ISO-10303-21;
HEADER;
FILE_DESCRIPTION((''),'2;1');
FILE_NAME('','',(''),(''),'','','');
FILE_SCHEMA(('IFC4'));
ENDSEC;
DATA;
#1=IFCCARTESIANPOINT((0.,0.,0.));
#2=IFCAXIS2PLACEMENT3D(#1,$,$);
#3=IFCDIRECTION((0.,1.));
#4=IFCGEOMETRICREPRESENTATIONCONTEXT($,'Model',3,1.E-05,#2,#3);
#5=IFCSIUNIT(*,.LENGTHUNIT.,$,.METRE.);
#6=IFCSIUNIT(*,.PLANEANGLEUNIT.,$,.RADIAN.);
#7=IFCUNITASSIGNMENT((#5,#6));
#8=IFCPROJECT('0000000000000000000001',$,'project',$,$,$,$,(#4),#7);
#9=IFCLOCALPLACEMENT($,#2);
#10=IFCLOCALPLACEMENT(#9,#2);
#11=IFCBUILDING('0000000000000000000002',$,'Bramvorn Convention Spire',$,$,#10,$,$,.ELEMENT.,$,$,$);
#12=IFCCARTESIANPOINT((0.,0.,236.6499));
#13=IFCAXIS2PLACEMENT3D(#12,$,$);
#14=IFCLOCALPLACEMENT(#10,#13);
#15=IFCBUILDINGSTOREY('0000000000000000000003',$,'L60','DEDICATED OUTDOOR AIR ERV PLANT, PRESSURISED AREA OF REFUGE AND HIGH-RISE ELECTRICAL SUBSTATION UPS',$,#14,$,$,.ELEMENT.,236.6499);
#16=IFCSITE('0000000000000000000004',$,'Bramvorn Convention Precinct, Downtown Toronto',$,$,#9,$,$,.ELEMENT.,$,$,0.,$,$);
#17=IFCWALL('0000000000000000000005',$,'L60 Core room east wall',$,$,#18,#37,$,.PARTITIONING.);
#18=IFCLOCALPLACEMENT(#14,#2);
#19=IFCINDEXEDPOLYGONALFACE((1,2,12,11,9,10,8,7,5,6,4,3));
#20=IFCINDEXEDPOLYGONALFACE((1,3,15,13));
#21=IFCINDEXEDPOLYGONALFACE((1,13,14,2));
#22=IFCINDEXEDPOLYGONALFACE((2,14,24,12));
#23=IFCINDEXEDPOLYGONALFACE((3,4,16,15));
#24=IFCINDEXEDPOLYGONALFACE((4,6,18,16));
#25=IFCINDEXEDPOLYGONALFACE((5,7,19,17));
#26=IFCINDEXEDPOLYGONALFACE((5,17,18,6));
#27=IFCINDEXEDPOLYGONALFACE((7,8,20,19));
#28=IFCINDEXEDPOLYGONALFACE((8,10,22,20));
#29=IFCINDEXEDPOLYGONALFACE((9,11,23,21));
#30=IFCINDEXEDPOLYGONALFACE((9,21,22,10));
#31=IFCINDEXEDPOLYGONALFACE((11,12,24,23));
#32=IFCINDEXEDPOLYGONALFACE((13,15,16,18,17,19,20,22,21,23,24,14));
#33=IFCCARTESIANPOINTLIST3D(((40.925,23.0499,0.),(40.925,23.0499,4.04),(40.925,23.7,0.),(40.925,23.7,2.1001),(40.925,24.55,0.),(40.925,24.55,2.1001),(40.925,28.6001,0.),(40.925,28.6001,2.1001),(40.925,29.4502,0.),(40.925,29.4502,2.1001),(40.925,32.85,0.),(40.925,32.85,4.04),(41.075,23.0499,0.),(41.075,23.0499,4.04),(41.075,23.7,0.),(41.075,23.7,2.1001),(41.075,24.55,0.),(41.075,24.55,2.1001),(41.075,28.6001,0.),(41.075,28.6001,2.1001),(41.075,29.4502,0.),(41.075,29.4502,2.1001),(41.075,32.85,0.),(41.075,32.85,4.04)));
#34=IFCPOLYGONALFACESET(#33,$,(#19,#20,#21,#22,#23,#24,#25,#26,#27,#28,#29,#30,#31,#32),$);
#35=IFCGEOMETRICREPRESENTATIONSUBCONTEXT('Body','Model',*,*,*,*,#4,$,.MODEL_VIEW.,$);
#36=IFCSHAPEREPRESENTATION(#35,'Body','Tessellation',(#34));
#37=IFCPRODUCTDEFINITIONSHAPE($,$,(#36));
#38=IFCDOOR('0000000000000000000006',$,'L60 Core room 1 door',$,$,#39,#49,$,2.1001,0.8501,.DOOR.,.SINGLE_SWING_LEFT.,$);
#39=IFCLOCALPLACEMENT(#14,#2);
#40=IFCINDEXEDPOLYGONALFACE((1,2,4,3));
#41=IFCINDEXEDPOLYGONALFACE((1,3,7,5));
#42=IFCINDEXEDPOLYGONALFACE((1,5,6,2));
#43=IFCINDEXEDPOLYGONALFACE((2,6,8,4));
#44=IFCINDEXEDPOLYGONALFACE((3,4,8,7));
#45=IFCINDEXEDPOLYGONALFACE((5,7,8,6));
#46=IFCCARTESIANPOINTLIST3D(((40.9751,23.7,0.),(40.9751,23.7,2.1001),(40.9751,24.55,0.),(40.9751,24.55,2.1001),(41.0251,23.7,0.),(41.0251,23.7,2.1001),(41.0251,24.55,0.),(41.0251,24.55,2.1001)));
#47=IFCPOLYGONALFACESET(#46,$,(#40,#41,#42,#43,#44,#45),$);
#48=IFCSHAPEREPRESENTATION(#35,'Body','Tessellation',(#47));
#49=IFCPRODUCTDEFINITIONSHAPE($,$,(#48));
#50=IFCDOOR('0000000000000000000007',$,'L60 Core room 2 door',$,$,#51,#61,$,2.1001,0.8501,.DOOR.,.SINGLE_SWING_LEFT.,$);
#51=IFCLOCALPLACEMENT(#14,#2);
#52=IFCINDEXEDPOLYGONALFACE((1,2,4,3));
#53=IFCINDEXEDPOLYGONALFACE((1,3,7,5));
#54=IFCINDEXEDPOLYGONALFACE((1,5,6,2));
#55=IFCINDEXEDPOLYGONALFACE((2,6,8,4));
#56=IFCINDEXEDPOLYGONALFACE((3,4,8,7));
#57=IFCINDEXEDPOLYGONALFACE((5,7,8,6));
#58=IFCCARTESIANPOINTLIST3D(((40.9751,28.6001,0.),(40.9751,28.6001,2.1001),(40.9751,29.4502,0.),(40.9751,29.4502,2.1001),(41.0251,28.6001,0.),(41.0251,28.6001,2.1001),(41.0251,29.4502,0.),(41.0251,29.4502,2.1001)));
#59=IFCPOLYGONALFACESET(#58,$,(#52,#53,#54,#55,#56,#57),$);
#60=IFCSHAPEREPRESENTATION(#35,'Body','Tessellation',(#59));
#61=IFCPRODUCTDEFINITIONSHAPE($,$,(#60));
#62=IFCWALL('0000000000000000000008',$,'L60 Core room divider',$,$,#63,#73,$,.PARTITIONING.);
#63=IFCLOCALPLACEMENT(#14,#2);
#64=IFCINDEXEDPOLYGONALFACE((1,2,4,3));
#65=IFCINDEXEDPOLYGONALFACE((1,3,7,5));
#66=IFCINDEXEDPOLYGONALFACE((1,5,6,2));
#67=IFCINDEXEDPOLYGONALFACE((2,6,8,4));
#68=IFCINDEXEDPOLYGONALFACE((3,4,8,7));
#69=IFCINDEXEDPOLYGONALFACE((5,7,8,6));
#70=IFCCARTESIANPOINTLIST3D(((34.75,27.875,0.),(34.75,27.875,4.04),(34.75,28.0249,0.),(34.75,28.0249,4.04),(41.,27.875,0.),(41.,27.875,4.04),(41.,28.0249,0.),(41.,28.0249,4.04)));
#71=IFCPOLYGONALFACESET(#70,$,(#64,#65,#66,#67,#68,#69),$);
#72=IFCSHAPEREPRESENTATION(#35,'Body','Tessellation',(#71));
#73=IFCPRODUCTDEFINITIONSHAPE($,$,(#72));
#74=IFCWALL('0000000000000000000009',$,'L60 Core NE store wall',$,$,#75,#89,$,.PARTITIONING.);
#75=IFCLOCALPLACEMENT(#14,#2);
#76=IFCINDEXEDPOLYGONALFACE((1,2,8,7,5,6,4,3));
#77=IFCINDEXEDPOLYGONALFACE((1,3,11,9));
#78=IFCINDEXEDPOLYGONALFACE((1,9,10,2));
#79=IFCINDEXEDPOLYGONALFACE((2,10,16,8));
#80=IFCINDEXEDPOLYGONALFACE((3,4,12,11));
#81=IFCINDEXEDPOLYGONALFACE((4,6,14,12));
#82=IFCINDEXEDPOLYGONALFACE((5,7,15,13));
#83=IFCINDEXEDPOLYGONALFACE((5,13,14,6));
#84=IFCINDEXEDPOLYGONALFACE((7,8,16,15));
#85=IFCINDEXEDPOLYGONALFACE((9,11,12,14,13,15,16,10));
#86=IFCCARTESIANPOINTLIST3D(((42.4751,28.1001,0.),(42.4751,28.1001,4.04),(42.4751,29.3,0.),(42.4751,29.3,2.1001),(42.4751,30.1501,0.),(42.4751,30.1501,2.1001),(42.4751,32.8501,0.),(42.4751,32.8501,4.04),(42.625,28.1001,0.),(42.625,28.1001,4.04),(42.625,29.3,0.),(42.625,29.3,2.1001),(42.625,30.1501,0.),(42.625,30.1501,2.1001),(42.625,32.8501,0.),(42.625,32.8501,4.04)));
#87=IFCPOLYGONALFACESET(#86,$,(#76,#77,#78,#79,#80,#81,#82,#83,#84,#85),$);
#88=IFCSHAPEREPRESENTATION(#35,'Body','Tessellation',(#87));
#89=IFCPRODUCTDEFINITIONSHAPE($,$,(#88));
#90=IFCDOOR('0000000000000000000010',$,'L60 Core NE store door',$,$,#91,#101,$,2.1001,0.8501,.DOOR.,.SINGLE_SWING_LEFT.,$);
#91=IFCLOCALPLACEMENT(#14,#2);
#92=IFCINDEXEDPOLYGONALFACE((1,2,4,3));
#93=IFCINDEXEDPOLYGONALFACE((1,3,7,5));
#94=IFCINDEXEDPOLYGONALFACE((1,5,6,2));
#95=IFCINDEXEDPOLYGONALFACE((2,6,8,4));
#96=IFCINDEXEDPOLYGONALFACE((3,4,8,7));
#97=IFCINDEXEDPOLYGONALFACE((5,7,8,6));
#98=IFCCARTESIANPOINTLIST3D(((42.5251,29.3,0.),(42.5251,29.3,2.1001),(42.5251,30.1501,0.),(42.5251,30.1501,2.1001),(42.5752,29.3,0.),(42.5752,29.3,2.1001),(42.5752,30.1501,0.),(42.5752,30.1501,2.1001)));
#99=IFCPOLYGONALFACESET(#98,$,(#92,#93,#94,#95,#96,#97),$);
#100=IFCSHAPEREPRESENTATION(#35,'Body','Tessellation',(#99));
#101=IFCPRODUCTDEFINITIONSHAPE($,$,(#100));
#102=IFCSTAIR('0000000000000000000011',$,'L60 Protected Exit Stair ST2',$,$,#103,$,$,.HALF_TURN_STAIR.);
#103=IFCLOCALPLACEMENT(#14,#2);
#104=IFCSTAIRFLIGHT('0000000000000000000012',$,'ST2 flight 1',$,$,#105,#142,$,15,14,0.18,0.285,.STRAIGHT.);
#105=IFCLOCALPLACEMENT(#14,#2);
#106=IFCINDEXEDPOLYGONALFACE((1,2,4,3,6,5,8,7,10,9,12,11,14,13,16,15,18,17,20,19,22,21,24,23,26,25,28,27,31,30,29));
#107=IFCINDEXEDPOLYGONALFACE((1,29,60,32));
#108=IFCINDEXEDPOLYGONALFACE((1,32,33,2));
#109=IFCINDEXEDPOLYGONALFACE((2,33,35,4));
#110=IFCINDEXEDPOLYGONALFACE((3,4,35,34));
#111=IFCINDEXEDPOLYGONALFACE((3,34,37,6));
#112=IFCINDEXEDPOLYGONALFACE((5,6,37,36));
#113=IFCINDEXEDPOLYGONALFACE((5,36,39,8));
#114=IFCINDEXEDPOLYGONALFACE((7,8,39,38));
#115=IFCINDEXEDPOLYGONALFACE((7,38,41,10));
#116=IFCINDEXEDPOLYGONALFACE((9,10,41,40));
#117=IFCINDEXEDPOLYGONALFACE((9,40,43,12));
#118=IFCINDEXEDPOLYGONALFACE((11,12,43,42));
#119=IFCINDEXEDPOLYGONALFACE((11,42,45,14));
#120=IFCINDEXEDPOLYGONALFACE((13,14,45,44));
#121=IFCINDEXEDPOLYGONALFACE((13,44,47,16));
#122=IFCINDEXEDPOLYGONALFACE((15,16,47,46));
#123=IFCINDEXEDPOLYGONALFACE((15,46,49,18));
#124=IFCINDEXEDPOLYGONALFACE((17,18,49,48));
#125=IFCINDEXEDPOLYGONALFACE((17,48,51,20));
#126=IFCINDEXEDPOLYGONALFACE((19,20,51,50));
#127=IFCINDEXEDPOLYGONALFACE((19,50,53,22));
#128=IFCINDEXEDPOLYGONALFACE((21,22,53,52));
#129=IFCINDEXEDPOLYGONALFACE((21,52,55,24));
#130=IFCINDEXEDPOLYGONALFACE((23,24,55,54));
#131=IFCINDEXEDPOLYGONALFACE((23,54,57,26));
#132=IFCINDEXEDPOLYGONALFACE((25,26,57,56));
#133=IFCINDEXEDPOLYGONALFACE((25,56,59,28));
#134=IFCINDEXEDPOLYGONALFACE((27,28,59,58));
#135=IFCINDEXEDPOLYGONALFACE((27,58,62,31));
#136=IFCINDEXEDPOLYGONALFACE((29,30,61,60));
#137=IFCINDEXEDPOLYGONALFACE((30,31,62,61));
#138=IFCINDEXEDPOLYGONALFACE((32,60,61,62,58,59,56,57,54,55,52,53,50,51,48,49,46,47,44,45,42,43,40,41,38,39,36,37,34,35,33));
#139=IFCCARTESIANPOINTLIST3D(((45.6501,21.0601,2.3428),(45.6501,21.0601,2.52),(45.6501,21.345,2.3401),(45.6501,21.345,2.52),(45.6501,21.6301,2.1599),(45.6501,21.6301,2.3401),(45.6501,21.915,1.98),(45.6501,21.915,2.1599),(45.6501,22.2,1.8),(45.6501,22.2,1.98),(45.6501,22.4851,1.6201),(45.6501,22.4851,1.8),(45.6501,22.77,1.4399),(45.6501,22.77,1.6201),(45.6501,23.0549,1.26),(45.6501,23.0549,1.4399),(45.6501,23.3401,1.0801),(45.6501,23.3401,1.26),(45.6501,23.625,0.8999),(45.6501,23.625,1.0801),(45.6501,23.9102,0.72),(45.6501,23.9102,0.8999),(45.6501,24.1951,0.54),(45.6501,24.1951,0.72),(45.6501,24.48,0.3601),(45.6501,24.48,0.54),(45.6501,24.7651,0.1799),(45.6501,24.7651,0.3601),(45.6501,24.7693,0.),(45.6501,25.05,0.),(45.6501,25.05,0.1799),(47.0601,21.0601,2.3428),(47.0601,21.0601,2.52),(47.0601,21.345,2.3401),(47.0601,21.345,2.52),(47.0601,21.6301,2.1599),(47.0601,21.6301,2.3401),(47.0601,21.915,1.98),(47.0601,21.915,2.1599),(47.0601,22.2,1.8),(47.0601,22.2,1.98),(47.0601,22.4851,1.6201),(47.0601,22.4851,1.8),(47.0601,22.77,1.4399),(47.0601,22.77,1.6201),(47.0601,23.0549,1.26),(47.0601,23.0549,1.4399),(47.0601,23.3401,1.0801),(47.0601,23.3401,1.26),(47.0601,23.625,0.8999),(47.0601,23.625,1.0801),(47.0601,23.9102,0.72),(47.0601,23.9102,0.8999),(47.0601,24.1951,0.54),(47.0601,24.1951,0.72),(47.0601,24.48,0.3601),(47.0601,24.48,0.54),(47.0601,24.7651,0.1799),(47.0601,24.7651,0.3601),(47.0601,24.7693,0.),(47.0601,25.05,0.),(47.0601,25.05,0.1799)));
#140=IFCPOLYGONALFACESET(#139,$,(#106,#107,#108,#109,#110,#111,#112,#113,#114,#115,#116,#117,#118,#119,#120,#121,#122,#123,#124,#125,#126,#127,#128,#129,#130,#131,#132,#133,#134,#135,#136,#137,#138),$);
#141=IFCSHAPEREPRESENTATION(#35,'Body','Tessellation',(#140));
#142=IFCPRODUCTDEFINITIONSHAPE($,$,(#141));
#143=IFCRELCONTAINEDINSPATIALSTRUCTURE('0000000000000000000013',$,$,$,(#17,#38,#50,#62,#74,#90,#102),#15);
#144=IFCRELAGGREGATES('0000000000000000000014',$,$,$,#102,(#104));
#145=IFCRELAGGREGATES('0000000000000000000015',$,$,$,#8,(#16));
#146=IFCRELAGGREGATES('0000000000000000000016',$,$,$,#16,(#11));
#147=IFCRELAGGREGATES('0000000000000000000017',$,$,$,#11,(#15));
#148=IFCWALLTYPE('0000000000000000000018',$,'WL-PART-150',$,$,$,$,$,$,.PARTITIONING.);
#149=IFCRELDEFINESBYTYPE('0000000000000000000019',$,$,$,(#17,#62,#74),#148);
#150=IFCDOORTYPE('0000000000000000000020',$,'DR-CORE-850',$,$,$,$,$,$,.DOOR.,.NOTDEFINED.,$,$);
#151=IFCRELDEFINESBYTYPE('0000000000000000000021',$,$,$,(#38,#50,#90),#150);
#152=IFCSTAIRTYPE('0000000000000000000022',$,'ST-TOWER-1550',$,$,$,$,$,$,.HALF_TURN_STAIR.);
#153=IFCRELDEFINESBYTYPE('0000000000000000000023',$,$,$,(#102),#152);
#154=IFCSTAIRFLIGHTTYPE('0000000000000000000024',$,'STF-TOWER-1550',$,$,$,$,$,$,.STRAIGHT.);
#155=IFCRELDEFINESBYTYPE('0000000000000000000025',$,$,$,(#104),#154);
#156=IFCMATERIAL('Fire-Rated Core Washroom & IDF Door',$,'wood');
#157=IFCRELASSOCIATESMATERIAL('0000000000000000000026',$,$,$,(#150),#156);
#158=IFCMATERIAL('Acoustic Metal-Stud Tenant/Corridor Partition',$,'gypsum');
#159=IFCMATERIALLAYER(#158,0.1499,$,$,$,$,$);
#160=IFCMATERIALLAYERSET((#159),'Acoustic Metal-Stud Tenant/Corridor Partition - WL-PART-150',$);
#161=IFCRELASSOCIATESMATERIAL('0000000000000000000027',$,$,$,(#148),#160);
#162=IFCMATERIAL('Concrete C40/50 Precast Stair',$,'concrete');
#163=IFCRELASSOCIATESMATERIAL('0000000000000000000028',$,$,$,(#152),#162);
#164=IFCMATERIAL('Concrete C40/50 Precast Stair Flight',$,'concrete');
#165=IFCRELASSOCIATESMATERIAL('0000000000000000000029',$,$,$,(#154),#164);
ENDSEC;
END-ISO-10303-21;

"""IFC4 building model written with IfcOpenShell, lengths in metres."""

from ifc_helpers import new_model, si_unit, direction, frame, frame_2d, origin, place, context, subcontext, project, spatial, polyline, rectangle, outline, extrude, material, layer, layer_set, type_object, element, fill, aggregate, save


model = new_model("IFC4")

# Units and contexts
model_context = context("Model", 3, precision=1e-05, world=origin(), true_north=direction((0.0, 1.0)))
body_context = subcontext(model_context, "Body", "Model", "MODEL_VIEW")
ifc_project = project(units=[si_unit("LENGTHUNIT", "METRE"), si_unit("PLANEANGLEUNIT", "RADIAN")], contexts=[model_context])

# Site, building, storey
site_placement = place(None, origin())
site = spatial("IfcSite", under=ifc_project, at=site_placement, Name="Bramvorn Convention Precinct, Downtown Toronto", CompositionType="ELEMENT", RefElevation=0.0)
building_placement = place(site_placement, origin())
building = spatial("IfcBuilding", under=site, at=building_placement, Name="Bramvorn Convention Spire", CompositionType="ELEMENT")
storey_placement = place(building_placement, frame((0.0, 0.0, 236.6499)))
storey = spatial("IfcBuildingStorey", under=building, at=storey_placement, Name="L60", Description="DEDICATED OUTDOOR AIR ERV PLANT, PRESSURISED AREA OF REFUGE AND HIGH-RISE ELECTRICAL SUBSTATION UPS", CompositionType="ELEMENT", Elevation=236.6499)

# Shared definitions
ifc_material_1 = material(Name="Fire-Rated Core Washroom & IDF Door", Category="wood")
door_type_1 = type_object("IfcDoorType", Name="DR-CORE-850", OperationType="NOTDEFINED", PredefinedType="DOOR", material=ifc_material_1)

# Shared definitions
ifc_material_2 = material(Name="Acoustic Metal-Stud Tenant/Corridor Partition", Category="gypsum")
ifc_layer_1 = layer(ifc_material_2, 0.1499)
ifc_layer_set_1 = layer_set([ifc_layer_1], Name="Acoustic Metal-Stud Tenant/Corridor Partition - WL-PART-150")
wall_type_1 = type_object("IfcWallType", Name="WL-PART-150", PredefinedType="PARTITIONING", material=ifc_layer_set_1)

# Wall, openings, doors
wall_1_placement = place(storey_placement, frame((41.0, 23.05, 0.0), z_axis=(0.0, 0.0, 1.0), x_axis=(0.0, 1.0, 0.0)))
wall_1 = element("IfcWall", 1, at=wall_1_placement, inside=storey, type_object=wall_type_1, Name="L60 Core room east wall", PredefinedType="PARTITIONING", context=body_context, shape_type="SweptSolid", body=[
    extrude(rectangle(XDim=9.8, YDim=0.1499, at=frame_2d((4.8999, 0.0))), origin(), (0.0, 0.0, 1.0), 4.04),
])
opening_1_placement = place(wall_1_placement, frame((0.6499, 0.0, 0.0)))
opening_1 = element("IfcOpeningElement", 2, at=opening_1_placement, cuts=wall_1, PredefinedType="OPENING", context=body_context, shape_type="SweptSolid", body=[
    extrude(rectangle(XDim=0.8501, YDim=2.1001, at=frame_2d((0.425, 1.05))), frame((0.0, 0.085, 0.0), z_axis=(0.0, -1.0, 0.0), x_axis=(1.0, 0.0, 0.0)), (0.0, 0.0, 1.0), 0.1699),
])
opening_2_placement = place(wall_1_placement, frame((5.55, 0.0, 0.0)))
opening_2 = element("IfcOpeningElement", 3, at=opening_2_placement, cuts=wall_1, PredefinedType="OPENING", context=body_context, shape_type="SweptSolid", body=[
    extrude(rectangle(XDim=0.8501, YDim=2.1001, at=frame_2d((0.425, 1.05))), frame((0.0, 0.085, 0.0), z_axis=(0.0, -1.0, 0.0), x_axis=(1.0, 0.0, 0.0)), (0.0, 0.0, 1.0), 0.1699),
])
door_1_placement = place(opening_1_placement, origin())
door_1 = element("IfcDoor", 4, at=door_1_placement, inside=storey, type_object=door_type_1, Name="L60 Core room 1 door", OperationType="SINGLE_SWING_LEFT", OverallHeight=2.1001, OverallWidth=0.8501, PredefinedType="DOOR", context=body_context, shape_type="SweptSolid", body=[
    extrude(rectangle(XDim=0.8501, YDim=2.1001, at=frame_2d((0.425, 1.05))), frame((0.0, 0.0249, 0.0), z_axis=(0.0, -1.0, 0.0), x_axis=(1.0, 0.0, 0.0)), (0.0, 0.0, 1.0), 0.05),
])
fill(opening_1, door_1)
door_2_placement = place(opening_2_placement, origin())
door_2 = element("IfcDoor", 5, at=door_2_placement, inside=storey, type_object=door_type_1, Name="L60 Core room 2 door", OperationType="SINGLE_SWING_LEFT", OverallHeight=2.1001, OverallWidth=0.8501, PredefinedType="DOOR", context=body_context, shape_type="SweptSolid", body=[
    extrude(rectangle(XDim=0.8501, YDim=2.1001, at=frame_2d((0.425, 1.05))), frame((0.0, 0.0249, 0.0), z_axis=(0.0, -1.0, 0.0), x_axis=(1.0, 0.0, 0.0)), (0.0, 0.0, 1.0), 0.05),
])
fill(opening_2, door_2)

# Wall
wall_2_placement = place(storey_placement, frame((34.75, 27.95, 0.0), z_axis=(0.0, 0.0, 1.0), x_axis=(1.0, 0.0, 0.0)))
element("IfcWall", 6, at=wall_2_placement, inside=storey, type_object=wall_type_1, Name="L60 Core room divider", PredefinedType="PARTITIONING", context=body_context, shape_type="SweptSolid", body=[
    extrude(rectangle(XDim=6.25, YDim=0.1499, at=frame_2d((3.125, 0.0))), origin(), (0.0, 0.0, 1.0), 4.04),
])

# Wall, opening, door
wall_3_placement = place(storey_placement, frame((42.55, 28.1001, 0.0), z_axis=(0.0, 0.0, 1.0), x_axis=(0.0, 1.0, 0.0)))
wall_3 = element("IfcWall", 7, at=wall_3_placement, inside=storey, type_object=wall_type_1, Name="L60 Core NE store wall", PredefinedType="PARTITIONING", context=body_context, shape_type="SweptSolid", body=[
    extrude(rectangle(XDim=4.75, YDim=0.1499, at=frame_2d((2.375, 0.0))), origin(), (0.0, 0.0, 1.0), 4.04),
])
opening_3_placement = place(wall_3_placement, frame((1.2, 0.0, 0.0)))
opening_3 = element("IfcOpeningElement", 8, at=opening_3_placement, cuts=wall_3, PredefinedType="OPENING", context=body_context, shape_type="SweptSolid", body=[
    extrude(rectangle(XDim=0.8501, YDim=2.1001, at=frame_2d((0.425, 1.05))), frame((0.0, 0.085, 0.0), z_axis=(0.0, -1.0, 0.0), x_axis=(1.0, 0.0, 0.0)), (0.0, 0.0, 1.0), 0.1699),
])
door_3_placement = place(opening_3_placement, origin())
door_3 = element("IfcDoor", 9, at=door_3_placement, inside=storey, type_object=door_type_1, Name="L60 Core NE store door", OperationType="SINGLE_SWING_LEFT", OverallHeight=2.1001, OverallWidth=0.8501, PredefinedType="DOOR", context=body_context, shape_type="SweptSolid", body=[
    extrude(rectangle(XDim=0.8501, YDim=2.1001, at=frame_2d((0.425, 1.05))), frame((0.0, 0.0249, 0.0), z_axis=(0.0, -1.0, 0.0), x_axis=(1.0, 0.0, 0.0)), (0.0, 0.0, 1.0), 0.05),
])
fill(opening_3, door_3)

# Stair, stair flight
ifc_material_3 = material(Name="Concrete C40/50 Precast Stair", Category="concrete")
stair_type = type_object("IfcStairType", Name="ST-TOWER-1550", PredefinedType="HALF_TURN_STAIR", material=ifc_material_3)
stair_placement = place(storey_placement, origin())
stair = element("IfcStair", 10, at=stair_placement, inside=storey, type_object=stair_type, Name="L60 Protected Exit Stair ST2", PredefinedType="HALF_TURN_STAIR")
ifc_material_4 = material(Name="Concrete C40/50 Precast Stair Flight", Category="concrete")
stair_flight_type = type_object("IfcStairFlightType", Name="STF-TOWER-1550", PredefinedType="STRAIGHT", material=ifc_material_4)
stair_flight_placement = place(storey_placement, frame((46.355, 25.05, 0.0), z_axis=(0.0, 0.0, 1.0), x_axis=(0.0, -1.0, 0.0)))
stair_flight = element("IfcStairFlight", 11, at=stair_flight_placement, type_object=stair_flight_type, Name="ST2 flight 1", NumberOfRisers=15, NumberOfTreads=14, PredefinedType="STRAIGHT", RiserHeight=0.18, TreadLength=0.285, context=body_context, shape_type="SweptSolid", body=[
    extrude(outline(polyline([(0.0, 0.0), (0.0, 0.1799), (0.2849, 0.1799), (0.2849, 0.3601), (0.5701, 0.3601), (0.5701, 0.54), (0.855, 0.54), (0.855, 0.72), (1.1399, 0.72), (1.1399, 0.8999), (1.425, 0.8999), (1.425, 1.0801), (1.71, 1.0801), (1.71, 1.26), (1.9951, 1.26), (1.9951, 1.4399), (2.28, 1.4399), (2.28, 1.6201), (2.5649, 1.6201), (2.5649, 1.8), (2.8501, 1.8), (2.8501, 1.98), (3.135, 1.98), (3.135, 2.1599), (3.4199, 2.1599), (3.4199, 2.3401), (3.7051, 2.3401), (3.7051, 2.52), (3.99, 2.52), (3.99, 2.7), (3.99, 2.3428), (0.2808, 0.0), (0.0, 0.0)])), frame((0.0, 0.7051, 0.0), z_axis=(0.0, -1.0, 0.0), x_axis=(1.0, 0.0, 0.0)), (0.0, 0.0, 1.0), 1.4099),
])
aggregate(stair, [stair_flight])

save(model, "model.ifc")
